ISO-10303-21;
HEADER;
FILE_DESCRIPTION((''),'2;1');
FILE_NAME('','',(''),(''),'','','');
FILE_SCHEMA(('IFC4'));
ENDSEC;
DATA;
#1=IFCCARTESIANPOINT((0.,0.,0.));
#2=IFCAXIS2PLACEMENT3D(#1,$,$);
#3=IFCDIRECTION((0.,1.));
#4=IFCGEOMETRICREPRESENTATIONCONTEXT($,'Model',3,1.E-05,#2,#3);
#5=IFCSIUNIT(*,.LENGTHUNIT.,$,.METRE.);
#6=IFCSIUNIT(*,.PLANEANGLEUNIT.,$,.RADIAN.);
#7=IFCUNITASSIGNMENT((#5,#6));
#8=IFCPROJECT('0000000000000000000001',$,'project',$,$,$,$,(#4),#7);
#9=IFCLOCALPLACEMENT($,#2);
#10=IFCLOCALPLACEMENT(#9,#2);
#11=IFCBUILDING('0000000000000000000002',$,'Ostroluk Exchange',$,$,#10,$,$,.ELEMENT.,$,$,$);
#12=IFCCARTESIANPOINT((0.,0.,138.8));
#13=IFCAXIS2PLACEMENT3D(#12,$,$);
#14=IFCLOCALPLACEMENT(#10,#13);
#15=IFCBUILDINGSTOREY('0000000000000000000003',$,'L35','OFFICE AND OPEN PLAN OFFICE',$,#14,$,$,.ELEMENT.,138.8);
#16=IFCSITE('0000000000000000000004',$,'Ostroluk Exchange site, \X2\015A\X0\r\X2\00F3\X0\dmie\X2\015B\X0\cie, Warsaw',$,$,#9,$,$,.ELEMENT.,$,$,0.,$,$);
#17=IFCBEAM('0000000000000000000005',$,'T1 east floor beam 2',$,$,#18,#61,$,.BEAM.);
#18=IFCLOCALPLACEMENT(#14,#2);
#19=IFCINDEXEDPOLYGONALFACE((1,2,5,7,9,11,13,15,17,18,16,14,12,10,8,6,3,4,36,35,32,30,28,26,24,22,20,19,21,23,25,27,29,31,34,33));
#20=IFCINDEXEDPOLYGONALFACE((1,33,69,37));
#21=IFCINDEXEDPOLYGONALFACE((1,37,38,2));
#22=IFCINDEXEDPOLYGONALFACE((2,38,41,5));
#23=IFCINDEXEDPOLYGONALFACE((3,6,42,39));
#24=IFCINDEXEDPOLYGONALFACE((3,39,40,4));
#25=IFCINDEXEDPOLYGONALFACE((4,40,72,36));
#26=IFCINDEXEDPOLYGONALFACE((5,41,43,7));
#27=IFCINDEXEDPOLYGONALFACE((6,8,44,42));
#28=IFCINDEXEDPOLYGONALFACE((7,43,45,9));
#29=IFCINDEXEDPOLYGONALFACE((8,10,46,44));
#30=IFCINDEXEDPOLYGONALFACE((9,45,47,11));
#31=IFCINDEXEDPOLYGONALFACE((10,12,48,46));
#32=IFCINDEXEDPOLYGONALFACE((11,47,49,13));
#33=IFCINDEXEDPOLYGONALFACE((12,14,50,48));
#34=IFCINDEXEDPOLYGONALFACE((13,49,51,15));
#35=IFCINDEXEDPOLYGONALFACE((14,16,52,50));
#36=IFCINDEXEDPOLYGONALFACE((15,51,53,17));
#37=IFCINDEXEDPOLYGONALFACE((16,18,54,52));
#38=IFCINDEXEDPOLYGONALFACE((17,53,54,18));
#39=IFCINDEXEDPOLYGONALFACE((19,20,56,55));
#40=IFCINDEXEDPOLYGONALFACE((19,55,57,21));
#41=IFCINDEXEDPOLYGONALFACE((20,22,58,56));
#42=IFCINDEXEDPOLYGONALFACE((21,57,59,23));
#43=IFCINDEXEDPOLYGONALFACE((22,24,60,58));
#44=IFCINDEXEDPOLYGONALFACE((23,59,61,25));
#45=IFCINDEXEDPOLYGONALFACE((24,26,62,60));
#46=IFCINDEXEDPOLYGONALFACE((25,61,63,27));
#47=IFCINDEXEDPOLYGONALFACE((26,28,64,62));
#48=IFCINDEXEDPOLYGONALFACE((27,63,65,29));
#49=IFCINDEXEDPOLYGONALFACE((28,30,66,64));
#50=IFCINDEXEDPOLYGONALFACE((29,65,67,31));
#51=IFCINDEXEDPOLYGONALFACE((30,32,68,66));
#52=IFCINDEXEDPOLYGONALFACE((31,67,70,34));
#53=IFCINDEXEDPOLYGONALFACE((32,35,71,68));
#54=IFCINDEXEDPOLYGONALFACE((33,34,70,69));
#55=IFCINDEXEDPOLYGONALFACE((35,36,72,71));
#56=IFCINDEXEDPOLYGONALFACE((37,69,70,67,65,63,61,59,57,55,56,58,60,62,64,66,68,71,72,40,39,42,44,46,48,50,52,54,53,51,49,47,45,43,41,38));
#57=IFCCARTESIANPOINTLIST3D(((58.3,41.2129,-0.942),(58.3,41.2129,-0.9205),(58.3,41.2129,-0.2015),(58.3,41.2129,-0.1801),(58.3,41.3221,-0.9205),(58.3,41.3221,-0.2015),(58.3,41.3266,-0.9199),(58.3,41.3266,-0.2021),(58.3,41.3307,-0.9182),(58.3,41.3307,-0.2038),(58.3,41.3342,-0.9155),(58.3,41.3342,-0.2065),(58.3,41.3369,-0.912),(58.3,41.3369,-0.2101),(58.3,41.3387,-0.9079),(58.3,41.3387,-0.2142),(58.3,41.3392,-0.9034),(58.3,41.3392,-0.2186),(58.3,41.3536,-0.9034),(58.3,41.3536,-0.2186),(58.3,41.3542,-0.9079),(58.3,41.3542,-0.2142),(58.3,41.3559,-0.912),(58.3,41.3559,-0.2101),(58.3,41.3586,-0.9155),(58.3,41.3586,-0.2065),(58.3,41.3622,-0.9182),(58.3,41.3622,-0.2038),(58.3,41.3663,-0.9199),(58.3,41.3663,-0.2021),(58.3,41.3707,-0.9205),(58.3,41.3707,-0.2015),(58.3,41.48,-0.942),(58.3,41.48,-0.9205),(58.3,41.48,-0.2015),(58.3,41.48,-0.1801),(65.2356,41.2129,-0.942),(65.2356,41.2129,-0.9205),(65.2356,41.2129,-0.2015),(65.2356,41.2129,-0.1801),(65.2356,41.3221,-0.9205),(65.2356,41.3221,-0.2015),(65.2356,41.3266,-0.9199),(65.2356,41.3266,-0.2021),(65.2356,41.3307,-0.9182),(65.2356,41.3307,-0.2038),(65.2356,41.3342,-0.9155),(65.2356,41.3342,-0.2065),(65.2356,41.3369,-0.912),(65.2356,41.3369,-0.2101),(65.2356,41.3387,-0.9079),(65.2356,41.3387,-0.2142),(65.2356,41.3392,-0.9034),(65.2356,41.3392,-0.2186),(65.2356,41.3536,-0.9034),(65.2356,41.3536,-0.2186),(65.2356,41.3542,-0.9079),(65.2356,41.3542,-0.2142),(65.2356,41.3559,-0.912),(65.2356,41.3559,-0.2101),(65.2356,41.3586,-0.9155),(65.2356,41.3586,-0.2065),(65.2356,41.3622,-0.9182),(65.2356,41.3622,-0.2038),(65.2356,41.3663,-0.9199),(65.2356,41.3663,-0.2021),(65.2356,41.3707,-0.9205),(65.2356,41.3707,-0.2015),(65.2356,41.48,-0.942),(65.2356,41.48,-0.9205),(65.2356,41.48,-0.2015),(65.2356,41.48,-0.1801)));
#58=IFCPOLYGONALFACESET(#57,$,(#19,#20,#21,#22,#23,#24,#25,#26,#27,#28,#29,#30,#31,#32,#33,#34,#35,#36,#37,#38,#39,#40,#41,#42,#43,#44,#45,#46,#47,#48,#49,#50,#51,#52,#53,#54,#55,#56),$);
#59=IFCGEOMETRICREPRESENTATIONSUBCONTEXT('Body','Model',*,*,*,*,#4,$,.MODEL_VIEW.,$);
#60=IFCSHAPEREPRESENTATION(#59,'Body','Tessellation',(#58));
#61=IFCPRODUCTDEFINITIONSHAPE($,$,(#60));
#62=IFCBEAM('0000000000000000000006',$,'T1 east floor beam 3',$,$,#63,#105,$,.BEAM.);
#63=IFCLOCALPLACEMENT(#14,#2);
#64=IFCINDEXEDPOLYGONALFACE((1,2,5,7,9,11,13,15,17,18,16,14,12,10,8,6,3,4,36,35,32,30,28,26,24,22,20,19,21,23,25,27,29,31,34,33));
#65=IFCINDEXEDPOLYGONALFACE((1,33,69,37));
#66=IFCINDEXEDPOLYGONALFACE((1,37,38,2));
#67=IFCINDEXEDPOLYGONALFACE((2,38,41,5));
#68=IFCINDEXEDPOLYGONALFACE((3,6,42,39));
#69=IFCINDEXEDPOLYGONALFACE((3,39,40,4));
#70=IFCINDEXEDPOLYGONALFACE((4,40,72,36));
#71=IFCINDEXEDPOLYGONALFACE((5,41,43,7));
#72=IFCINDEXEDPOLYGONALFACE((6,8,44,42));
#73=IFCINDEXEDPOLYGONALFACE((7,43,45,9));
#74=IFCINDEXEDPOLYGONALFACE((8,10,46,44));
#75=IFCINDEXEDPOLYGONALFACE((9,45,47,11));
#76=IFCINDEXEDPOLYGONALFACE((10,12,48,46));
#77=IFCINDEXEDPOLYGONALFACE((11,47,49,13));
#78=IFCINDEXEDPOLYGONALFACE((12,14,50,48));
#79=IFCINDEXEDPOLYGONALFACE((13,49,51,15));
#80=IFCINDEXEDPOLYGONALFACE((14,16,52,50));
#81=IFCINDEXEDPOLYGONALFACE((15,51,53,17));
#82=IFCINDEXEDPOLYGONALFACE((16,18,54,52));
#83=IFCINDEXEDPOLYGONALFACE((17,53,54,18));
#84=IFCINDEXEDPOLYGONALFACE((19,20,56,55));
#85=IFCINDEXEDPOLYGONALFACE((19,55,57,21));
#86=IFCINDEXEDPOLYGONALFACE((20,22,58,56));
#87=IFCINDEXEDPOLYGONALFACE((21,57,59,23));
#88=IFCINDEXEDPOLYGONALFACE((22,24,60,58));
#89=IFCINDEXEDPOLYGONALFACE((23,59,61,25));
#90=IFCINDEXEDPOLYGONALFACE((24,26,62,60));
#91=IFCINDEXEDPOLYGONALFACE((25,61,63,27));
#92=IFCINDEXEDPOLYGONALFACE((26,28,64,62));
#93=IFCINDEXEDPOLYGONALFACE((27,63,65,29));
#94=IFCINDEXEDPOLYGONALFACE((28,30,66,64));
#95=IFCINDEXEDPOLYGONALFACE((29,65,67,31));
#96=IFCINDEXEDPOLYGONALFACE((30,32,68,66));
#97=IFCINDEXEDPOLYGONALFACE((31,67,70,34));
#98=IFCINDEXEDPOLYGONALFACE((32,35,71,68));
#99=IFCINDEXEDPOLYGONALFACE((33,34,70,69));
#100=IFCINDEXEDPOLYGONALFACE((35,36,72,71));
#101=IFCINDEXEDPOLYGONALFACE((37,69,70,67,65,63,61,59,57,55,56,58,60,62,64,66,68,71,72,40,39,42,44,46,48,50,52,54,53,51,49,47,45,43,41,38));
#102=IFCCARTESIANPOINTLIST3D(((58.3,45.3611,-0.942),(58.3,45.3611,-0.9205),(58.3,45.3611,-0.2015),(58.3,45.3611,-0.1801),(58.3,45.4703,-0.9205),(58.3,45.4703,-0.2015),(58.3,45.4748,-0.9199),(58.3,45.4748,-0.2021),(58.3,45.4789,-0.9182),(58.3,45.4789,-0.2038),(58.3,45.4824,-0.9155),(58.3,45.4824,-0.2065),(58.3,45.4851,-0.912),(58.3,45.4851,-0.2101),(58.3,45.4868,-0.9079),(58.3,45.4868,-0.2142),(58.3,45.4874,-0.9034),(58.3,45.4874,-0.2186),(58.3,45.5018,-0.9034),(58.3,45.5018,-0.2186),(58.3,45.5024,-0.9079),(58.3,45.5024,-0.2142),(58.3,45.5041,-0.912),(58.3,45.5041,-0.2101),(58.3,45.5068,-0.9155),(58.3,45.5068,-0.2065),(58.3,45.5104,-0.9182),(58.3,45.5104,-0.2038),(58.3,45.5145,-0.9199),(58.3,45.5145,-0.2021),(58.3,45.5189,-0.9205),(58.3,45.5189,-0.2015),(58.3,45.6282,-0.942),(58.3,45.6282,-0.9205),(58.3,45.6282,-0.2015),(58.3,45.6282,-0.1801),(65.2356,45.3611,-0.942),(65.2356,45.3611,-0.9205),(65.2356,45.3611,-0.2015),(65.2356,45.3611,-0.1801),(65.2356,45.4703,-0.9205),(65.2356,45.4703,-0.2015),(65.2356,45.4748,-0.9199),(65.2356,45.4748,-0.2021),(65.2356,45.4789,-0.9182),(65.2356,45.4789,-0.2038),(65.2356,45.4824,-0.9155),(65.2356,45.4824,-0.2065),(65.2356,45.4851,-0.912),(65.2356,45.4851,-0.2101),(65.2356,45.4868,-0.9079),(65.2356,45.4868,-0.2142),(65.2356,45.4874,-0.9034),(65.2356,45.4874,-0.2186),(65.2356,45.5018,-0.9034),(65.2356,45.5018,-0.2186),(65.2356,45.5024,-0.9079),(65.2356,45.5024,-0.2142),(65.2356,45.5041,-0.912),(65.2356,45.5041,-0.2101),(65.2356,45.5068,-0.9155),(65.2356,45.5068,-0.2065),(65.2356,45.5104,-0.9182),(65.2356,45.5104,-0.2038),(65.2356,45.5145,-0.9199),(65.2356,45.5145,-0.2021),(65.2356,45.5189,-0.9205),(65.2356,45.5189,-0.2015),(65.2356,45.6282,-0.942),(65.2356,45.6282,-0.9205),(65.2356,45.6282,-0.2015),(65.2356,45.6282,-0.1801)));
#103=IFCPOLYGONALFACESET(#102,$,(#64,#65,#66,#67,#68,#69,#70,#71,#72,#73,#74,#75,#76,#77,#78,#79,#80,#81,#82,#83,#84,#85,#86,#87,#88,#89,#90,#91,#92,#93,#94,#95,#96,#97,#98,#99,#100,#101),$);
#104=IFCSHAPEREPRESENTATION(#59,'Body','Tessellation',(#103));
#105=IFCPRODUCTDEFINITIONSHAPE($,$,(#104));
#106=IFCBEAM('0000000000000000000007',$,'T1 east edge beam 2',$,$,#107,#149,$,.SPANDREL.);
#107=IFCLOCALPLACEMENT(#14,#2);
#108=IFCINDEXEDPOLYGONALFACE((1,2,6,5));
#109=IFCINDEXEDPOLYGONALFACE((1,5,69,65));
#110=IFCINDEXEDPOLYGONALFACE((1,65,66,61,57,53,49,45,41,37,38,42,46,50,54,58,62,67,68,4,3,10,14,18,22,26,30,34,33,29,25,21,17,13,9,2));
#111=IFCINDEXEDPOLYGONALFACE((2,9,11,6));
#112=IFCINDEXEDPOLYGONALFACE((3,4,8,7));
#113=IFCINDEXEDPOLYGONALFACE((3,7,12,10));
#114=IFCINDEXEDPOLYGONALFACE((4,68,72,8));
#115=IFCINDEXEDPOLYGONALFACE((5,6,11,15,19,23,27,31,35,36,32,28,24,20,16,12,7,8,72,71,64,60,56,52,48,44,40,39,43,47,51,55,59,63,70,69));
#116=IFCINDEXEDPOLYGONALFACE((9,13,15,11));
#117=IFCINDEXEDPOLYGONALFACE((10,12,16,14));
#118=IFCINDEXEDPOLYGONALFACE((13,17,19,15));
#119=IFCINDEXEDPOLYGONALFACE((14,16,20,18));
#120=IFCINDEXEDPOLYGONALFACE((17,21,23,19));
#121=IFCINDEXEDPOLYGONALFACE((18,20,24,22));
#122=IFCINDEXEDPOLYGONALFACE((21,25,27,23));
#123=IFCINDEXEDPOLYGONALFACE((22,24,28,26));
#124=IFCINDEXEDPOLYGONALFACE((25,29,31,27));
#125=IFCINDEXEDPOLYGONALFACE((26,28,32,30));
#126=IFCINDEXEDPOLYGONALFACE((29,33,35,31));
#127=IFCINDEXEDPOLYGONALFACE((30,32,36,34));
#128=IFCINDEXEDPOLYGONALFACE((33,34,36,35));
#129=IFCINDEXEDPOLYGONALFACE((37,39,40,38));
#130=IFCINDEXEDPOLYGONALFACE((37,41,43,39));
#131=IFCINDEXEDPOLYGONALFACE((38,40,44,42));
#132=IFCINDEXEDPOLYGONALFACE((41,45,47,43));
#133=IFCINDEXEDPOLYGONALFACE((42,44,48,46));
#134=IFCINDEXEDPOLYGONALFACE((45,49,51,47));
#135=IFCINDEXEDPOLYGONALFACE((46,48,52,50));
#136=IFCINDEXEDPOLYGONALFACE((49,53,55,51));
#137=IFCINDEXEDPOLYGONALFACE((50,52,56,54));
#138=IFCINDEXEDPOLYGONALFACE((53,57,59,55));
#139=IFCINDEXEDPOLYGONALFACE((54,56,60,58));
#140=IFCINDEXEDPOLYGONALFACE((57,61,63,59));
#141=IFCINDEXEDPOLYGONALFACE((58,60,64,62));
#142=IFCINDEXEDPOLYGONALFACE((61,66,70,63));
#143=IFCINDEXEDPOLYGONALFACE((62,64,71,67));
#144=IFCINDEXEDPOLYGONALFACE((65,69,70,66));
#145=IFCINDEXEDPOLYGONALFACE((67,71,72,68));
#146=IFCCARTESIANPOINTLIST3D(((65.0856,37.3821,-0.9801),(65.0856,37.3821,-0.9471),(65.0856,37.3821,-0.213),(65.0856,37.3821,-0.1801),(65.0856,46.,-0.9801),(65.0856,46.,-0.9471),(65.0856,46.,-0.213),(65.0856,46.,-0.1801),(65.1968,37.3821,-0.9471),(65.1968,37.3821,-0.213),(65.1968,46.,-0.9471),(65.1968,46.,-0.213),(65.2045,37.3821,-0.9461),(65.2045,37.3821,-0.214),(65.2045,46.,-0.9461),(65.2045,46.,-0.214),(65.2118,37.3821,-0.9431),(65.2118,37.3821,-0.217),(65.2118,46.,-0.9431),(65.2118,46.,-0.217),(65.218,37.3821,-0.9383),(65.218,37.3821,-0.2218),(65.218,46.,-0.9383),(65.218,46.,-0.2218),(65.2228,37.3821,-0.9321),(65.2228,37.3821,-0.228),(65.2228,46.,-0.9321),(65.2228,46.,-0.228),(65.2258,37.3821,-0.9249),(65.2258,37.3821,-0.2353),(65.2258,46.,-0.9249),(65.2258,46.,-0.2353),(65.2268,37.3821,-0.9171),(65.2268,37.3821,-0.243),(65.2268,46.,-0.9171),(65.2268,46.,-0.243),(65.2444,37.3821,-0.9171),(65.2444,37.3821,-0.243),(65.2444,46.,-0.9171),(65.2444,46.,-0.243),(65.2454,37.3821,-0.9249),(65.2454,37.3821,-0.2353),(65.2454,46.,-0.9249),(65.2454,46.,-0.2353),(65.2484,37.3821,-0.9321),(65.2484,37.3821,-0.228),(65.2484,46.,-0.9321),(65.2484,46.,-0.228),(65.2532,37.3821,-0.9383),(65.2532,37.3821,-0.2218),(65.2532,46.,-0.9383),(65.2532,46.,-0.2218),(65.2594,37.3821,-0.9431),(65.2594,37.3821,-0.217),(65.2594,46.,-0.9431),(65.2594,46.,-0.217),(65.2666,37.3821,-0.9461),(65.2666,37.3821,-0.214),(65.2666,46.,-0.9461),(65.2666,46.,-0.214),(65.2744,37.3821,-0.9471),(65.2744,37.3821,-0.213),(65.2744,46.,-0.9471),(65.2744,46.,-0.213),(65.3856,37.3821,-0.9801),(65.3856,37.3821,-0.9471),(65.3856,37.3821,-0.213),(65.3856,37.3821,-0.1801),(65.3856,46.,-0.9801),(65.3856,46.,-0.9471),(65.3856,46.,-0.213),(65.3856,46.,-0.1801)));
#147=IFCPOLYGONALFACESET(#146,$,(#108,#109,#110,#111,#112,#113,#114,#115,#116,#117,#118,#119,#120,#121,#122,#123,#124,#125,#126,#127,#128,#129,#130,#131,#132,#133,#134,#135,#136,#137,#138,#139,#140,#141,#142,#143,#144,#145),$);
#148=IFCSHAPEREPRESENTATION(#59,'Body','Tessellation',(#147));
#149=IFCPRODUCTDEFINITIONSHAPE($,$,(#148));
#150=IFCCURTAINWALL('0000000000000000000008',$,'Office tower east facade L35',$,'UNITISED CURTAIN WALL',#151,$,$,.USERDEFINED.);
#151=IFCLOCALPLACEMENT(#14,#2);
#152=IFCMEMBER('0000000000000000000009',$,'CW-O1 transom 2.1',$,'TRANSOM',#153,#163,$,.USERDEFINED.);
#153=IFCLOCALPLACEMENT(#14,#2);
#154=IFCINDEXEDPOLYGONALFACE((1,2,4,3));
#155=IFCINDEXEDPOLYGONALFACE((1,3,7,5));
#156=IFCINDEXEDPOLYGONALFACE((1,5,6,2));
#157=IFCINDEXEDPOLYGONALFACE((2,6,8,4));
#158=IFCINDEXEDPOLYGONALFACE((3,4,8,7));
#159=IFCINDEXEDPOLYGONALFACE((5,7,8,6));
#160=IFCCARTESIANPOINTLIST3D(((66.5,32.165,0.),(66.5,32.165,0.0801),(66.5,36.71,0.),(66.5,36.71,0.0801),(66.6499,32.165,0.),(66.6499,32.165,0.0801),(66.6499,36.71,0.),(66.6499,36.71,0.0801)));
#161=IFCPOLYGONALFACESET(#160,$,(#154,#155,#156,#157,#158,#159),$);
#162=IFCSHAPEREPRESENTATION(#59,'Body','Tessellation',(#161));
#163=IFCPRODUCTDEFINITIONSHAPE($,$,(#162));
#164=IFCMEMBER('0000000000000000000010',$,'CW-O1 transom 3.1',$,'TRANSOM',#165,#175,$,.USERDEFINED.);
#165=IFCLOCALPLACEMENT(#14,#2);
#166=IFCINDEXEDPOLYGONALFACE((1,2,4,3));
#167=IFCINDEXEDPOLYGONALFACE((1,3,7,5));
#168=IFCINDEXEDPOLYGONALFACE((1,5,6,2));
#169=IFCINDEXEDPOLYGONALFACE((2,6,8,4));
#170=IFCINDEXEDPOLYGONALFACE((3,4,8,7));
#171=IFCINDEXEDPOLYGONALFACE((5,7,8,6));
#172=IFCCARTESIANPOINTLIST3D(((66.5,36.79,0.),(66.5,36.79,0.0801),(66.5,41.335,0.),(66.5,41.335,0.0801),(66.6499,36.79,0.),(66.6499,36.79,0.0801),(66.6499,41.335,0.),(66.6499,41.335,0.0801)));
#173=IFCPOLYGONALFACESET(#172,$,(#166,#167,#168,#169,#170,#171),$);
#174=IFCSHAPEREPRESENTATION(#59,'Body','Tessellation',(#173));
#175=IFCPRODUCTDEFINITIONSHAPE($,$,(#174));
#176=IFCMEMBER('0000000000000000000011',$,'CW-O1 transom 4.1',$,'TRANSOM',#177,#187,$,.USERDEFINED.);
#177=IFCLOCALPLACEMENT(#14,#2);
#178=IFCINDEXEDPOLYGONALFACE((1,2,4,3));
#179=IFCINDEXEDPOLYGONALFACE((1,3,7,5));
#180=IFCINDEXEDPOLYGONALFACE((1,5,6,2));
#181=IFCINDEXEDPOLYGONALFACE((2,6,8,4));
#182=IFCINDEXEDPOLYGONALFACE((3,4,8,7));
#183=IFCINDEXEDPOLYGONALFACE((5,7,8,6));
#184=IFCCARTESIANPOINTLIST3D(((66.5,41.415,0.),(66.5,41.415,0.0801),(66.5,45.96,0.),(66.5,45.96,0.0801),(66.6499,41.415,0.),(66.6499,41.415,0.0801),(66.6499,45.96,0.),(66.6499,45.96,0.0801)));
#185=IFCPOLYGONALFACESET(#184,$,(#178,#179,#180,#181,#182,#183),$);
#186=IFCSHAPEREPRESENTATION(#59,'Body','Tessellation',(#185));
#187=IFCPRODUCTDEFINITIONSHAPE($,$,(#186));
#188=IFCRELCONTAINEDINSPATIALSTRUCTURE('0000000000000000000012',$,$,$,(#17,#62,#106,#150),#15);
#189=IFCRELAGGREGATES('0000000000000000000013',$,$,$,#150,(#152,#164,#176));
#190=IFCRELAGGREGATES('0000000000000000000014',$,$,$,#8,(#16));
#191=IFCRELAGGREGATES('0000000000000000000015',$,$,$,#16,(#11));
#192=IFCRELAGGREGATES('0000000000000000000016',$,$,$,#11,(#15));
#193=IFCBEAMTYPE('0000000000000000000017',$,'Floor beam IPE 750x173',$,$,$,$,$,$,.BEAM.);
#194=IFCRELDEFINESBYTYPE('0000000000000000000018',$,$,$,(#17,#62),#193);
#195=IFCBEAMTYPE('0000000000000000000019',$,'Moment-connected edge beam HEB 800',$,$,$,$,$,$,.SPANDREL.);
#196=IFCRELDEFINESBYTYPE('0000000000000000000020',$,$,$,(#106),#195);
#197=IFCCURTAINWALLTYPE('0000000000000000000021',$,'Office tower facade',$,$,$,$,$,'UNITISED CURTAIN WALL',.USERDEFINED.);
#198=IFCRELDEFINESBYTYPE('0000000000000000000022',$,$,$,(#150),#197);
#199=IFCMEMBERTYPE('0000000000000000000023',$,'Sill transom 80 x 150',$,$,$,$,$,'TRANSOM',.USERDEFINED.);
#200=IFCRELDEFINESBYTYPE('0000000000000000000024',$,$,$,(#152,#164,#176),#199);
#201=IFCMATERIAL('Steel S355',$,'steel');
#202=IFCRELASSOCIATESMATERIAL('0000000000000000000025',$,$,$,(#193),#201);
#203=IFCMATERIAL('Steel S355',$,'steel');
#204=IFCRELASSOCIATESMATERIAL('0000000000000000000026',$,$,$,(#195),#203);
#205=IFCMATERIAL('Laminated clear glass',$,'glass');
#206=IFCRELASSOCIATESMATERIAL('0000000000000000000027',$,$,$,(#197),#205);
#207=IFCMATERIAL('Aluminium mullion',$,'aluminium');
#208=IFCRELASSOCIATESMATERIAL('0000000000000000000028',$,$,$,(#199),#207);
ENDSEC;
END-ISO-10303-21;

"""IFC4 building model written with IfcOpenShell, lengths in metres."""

from ifc_helpers import new_model, si_unit, direction, frame, origin, origin_2d, place, context, subcontext, project, spatial, rectangle, i_section, extrude, material, material_profile, profile_set, type_object, element, aggregate, save


model = new_model("IFC4")

# Units and contexts
model_context = context("Model", 3, precision=1e-05, world=origin(), true_north=direction((0.0, 1.0)))
body_context = subcontext(model_context, "Body", "Model", "MODEL_VIEW")
ifc_project = project(units=[si_unit("LENGTHUNIT", "METRE"), si_unit("PLANEANGLEUNIT", "RADIAN")], contexts=[model_context])

# Site, building, storey
site_placement = place(None, origin())
site = spatial("IfcSite", under=ifc_project, at=site_placement, Name="Ostroluk Exchange site, Śródmieście, Warsaw", CompositionType="ELEMENT", RefElevation=0.0)
building_placement = place(site_placement, origin())
building = spatial("IfcBuilding", under=site, at=building_placement, Name="Ostroluk Exchange", CompositionType="ELEMENT")
storey_placement = place(building_placement, frame((0.0, 0.0, 138.8)))
storey = spatial("IfcBuildingStorey", under=building, at=storey_placement, Name="L35", Description="OFFICE AND OPEN PLAN OFFICE", CompositionType="ELEMENT", Elevation=138.8)

# Beams
ifc_material_1 = material(Name="Steel S355", Category="steel")
ifc_material_profile_1 = material_profile(ifc_material_1, i_section(OverallWidth=0.2671, OverallDepth=0.762, WebThickness=0.0144, FlangeThickness=0.0215, FilletRadius=0.0171, at=origin_2d()), Name="IPE 750x173")
ifc_profile_set_1 = profile_set([ifc_material_profile_1], Name="Steel S355")
beam_type_1 = type_object("IfcBeamType", Name="Floor beam IPE 750x173", PredefinedType="BEAM", material=ifc_profile_set_1)
for number, where, z_axis, x_axis, name in (
    (1, (58.3, 41.3464, -0.561), (1.0, 0.0, 0.0), (0.0, 1.0, 0.0), "T1 east floor beam 2"),
    (2, (58.3, 45.4946, -0.561), (1.0, 0.0, 0.0), (0.0, 1.0, 0.0), "T1 east floor beam 3"),
):
    element("IfcBeam", number, at=place(storey_placement, frame(where, z_axis=z_axis, x_axis=x_axis)), inside=storey, type_object=beam_type_1, Name=name, PredefinedType="BEAM", context=body_context, shape_type="SweptSolid", body=[
        extrude(i_section(OverallWidth=0.2671, OverallDepth=0.762, WebThickness=0.0144, FlangeThickness=0.0215, FilletRadius=0.0171, at=origin_2d()), origin(), (0.0, 0.0, 1.0), 6.9355),
    ])
ifc_material_2 = material(Name="Steel S355", Category="steel")
ifc_material_profile_2 = material_profile(ifc_material_2, i_section(OverallWidth=0.3, OverallDepth=0.8, WebThickness=0.0176, FlangeThickness=0.033, FilletRadius=0.03, at=origin_2d()), Name="HEB 800")
ifc_profile_set_2 = profile_set([ifc_material_profile_2], Name="Steel S355")
beam_type_2 = type_object("IfcBeamType", Name="Moment-connected edge beam HEB 800", PredefinedType="SPANDREL", material=ifc_profile_set_2)
beam_placement = place(storey_placement, frame((65.2356, 37.3821, -0.5801), z_axis=(0.0, 1.0, 0.0), x_axis=(-1.0, 0.0, 0.0)))
element("IfcBeam", 3, at=beam_placement, inside=storey, type_object=beam_type_2, Name="T1 east edge beam 2", PredefinedType="SPANDREL", context=body_context, shape_type="SweptSolid", body=[
    extrude(i_section(OverallWidth=0.3, OverallDepth=0.8, WebThickness=0.0176, FlangeThickness=0.033, FilletRadius=0.03, at=origin_2d()), origin(), (0.0, 0.0, 1.0), 8.6179),
])

# Curtain wall, members
ifc_material_3 = material(Name="Laminated clear glass", Category="glass")
curtain_wall_type = type_object("IfcCurtainWallType", Name="Office tower facade", ElementType="UNITISED CURTAIN WALL", PredefinedType="USERDEFINED", material=ifc_material_3)
curtain_wall_placement = place(storey_placement, origin())
curtain_wall = element("IfcCurtainWall", 4, at=curtain_wall_placement, inside=storey, type_object=curtain_wall_type, Name="Office tower east facade L35", ObjectType="UNITISED CURTAIN WALL", PredefinedType="USERDEFINED")
ifc_material_4 = material(Name="Aluminium mullion", Category="aluminium")
ifc_material_profile_3 = material_profile(ifc_material_4, rectangle(XDim=0.1499, YDim=0.0801, at=origin_2d()), Name="Sill transom 80 x 150")
ifc_profile_set_3 = profile_set([ifc_material_profile_3], Name="Aluminium mullion")
member_type_1 = type_object("IfcMemberType", Name="Sill transom 80 x 150", ElementType="TRANSOM", PredefinedType="USERDEFINED", material=ifc_profile_set_3)
member_1_placement = place(storey_placement, frame((66.575, 32.165, 0.04), z_axis=(0.0, 1.0, 0.0), x_axis=(-1.0, 0.0, 0.0)))
member_1 = element("IfcMember", 5, at=member_1_placement, type_object=member_type_1, Name="CW-O1 transom 2.1", ObjectType="TRANSOM", PredefinedType="USERDEFINED", context=body_context, shape_type="SweptSolid", body=[
    extrude(rectangle(XDim=0.1499, YDim=0.0801, at=origin_2d()), origin(), (0.0, 0.0, 1.0), 4.5449),
])
member_2_placement = place(storey_placement, frame((66.575, 36.79, 0.04), z_axis=(0.0, 1.0, 0.0), x_axis=(-1.0, 0.0, 0.0)))
member_2 = element("IfcMember", 6, at=member_2_placement, type_object=member_type_1, Name="CW-O1 transom 3.1", ObjectType="TRANSOM", PredefinedType="USERDEFINED", context=body_context, shape_type="SweptSolid", body=[
    extrude(rectangle(XDim=0.1499, YDim=0.0801, at=origin_2d()), origin(), (0.0, 0.0, 1.0), 4.5449),
])
member_3_placement = place(storey_placement, frame((66.575, 41.415, 0.04), z_axis=(0.0, 1.0, 0.0), x_axis=(-1.0, 0.0, 0.0)))
member_3 = element("IfcMember", 7, at=member_3_placement, type_object=member_type_1, Name="CW-O1 transom 4.1", ObjectType="TRANSOM", PredefinedType="USERDEFINED", context=body_context, shape_type="SweptSolid", body=[
    extrude(rectangle(XDim=0.1499, YDim=0.0801, at=origin_2d()), origin(), (0.0, 0.0, 1.0), 4.5449),
])
aggregate(curtain_wall, [member_1, member_2, member_3])

save(model, "model.ifc")
